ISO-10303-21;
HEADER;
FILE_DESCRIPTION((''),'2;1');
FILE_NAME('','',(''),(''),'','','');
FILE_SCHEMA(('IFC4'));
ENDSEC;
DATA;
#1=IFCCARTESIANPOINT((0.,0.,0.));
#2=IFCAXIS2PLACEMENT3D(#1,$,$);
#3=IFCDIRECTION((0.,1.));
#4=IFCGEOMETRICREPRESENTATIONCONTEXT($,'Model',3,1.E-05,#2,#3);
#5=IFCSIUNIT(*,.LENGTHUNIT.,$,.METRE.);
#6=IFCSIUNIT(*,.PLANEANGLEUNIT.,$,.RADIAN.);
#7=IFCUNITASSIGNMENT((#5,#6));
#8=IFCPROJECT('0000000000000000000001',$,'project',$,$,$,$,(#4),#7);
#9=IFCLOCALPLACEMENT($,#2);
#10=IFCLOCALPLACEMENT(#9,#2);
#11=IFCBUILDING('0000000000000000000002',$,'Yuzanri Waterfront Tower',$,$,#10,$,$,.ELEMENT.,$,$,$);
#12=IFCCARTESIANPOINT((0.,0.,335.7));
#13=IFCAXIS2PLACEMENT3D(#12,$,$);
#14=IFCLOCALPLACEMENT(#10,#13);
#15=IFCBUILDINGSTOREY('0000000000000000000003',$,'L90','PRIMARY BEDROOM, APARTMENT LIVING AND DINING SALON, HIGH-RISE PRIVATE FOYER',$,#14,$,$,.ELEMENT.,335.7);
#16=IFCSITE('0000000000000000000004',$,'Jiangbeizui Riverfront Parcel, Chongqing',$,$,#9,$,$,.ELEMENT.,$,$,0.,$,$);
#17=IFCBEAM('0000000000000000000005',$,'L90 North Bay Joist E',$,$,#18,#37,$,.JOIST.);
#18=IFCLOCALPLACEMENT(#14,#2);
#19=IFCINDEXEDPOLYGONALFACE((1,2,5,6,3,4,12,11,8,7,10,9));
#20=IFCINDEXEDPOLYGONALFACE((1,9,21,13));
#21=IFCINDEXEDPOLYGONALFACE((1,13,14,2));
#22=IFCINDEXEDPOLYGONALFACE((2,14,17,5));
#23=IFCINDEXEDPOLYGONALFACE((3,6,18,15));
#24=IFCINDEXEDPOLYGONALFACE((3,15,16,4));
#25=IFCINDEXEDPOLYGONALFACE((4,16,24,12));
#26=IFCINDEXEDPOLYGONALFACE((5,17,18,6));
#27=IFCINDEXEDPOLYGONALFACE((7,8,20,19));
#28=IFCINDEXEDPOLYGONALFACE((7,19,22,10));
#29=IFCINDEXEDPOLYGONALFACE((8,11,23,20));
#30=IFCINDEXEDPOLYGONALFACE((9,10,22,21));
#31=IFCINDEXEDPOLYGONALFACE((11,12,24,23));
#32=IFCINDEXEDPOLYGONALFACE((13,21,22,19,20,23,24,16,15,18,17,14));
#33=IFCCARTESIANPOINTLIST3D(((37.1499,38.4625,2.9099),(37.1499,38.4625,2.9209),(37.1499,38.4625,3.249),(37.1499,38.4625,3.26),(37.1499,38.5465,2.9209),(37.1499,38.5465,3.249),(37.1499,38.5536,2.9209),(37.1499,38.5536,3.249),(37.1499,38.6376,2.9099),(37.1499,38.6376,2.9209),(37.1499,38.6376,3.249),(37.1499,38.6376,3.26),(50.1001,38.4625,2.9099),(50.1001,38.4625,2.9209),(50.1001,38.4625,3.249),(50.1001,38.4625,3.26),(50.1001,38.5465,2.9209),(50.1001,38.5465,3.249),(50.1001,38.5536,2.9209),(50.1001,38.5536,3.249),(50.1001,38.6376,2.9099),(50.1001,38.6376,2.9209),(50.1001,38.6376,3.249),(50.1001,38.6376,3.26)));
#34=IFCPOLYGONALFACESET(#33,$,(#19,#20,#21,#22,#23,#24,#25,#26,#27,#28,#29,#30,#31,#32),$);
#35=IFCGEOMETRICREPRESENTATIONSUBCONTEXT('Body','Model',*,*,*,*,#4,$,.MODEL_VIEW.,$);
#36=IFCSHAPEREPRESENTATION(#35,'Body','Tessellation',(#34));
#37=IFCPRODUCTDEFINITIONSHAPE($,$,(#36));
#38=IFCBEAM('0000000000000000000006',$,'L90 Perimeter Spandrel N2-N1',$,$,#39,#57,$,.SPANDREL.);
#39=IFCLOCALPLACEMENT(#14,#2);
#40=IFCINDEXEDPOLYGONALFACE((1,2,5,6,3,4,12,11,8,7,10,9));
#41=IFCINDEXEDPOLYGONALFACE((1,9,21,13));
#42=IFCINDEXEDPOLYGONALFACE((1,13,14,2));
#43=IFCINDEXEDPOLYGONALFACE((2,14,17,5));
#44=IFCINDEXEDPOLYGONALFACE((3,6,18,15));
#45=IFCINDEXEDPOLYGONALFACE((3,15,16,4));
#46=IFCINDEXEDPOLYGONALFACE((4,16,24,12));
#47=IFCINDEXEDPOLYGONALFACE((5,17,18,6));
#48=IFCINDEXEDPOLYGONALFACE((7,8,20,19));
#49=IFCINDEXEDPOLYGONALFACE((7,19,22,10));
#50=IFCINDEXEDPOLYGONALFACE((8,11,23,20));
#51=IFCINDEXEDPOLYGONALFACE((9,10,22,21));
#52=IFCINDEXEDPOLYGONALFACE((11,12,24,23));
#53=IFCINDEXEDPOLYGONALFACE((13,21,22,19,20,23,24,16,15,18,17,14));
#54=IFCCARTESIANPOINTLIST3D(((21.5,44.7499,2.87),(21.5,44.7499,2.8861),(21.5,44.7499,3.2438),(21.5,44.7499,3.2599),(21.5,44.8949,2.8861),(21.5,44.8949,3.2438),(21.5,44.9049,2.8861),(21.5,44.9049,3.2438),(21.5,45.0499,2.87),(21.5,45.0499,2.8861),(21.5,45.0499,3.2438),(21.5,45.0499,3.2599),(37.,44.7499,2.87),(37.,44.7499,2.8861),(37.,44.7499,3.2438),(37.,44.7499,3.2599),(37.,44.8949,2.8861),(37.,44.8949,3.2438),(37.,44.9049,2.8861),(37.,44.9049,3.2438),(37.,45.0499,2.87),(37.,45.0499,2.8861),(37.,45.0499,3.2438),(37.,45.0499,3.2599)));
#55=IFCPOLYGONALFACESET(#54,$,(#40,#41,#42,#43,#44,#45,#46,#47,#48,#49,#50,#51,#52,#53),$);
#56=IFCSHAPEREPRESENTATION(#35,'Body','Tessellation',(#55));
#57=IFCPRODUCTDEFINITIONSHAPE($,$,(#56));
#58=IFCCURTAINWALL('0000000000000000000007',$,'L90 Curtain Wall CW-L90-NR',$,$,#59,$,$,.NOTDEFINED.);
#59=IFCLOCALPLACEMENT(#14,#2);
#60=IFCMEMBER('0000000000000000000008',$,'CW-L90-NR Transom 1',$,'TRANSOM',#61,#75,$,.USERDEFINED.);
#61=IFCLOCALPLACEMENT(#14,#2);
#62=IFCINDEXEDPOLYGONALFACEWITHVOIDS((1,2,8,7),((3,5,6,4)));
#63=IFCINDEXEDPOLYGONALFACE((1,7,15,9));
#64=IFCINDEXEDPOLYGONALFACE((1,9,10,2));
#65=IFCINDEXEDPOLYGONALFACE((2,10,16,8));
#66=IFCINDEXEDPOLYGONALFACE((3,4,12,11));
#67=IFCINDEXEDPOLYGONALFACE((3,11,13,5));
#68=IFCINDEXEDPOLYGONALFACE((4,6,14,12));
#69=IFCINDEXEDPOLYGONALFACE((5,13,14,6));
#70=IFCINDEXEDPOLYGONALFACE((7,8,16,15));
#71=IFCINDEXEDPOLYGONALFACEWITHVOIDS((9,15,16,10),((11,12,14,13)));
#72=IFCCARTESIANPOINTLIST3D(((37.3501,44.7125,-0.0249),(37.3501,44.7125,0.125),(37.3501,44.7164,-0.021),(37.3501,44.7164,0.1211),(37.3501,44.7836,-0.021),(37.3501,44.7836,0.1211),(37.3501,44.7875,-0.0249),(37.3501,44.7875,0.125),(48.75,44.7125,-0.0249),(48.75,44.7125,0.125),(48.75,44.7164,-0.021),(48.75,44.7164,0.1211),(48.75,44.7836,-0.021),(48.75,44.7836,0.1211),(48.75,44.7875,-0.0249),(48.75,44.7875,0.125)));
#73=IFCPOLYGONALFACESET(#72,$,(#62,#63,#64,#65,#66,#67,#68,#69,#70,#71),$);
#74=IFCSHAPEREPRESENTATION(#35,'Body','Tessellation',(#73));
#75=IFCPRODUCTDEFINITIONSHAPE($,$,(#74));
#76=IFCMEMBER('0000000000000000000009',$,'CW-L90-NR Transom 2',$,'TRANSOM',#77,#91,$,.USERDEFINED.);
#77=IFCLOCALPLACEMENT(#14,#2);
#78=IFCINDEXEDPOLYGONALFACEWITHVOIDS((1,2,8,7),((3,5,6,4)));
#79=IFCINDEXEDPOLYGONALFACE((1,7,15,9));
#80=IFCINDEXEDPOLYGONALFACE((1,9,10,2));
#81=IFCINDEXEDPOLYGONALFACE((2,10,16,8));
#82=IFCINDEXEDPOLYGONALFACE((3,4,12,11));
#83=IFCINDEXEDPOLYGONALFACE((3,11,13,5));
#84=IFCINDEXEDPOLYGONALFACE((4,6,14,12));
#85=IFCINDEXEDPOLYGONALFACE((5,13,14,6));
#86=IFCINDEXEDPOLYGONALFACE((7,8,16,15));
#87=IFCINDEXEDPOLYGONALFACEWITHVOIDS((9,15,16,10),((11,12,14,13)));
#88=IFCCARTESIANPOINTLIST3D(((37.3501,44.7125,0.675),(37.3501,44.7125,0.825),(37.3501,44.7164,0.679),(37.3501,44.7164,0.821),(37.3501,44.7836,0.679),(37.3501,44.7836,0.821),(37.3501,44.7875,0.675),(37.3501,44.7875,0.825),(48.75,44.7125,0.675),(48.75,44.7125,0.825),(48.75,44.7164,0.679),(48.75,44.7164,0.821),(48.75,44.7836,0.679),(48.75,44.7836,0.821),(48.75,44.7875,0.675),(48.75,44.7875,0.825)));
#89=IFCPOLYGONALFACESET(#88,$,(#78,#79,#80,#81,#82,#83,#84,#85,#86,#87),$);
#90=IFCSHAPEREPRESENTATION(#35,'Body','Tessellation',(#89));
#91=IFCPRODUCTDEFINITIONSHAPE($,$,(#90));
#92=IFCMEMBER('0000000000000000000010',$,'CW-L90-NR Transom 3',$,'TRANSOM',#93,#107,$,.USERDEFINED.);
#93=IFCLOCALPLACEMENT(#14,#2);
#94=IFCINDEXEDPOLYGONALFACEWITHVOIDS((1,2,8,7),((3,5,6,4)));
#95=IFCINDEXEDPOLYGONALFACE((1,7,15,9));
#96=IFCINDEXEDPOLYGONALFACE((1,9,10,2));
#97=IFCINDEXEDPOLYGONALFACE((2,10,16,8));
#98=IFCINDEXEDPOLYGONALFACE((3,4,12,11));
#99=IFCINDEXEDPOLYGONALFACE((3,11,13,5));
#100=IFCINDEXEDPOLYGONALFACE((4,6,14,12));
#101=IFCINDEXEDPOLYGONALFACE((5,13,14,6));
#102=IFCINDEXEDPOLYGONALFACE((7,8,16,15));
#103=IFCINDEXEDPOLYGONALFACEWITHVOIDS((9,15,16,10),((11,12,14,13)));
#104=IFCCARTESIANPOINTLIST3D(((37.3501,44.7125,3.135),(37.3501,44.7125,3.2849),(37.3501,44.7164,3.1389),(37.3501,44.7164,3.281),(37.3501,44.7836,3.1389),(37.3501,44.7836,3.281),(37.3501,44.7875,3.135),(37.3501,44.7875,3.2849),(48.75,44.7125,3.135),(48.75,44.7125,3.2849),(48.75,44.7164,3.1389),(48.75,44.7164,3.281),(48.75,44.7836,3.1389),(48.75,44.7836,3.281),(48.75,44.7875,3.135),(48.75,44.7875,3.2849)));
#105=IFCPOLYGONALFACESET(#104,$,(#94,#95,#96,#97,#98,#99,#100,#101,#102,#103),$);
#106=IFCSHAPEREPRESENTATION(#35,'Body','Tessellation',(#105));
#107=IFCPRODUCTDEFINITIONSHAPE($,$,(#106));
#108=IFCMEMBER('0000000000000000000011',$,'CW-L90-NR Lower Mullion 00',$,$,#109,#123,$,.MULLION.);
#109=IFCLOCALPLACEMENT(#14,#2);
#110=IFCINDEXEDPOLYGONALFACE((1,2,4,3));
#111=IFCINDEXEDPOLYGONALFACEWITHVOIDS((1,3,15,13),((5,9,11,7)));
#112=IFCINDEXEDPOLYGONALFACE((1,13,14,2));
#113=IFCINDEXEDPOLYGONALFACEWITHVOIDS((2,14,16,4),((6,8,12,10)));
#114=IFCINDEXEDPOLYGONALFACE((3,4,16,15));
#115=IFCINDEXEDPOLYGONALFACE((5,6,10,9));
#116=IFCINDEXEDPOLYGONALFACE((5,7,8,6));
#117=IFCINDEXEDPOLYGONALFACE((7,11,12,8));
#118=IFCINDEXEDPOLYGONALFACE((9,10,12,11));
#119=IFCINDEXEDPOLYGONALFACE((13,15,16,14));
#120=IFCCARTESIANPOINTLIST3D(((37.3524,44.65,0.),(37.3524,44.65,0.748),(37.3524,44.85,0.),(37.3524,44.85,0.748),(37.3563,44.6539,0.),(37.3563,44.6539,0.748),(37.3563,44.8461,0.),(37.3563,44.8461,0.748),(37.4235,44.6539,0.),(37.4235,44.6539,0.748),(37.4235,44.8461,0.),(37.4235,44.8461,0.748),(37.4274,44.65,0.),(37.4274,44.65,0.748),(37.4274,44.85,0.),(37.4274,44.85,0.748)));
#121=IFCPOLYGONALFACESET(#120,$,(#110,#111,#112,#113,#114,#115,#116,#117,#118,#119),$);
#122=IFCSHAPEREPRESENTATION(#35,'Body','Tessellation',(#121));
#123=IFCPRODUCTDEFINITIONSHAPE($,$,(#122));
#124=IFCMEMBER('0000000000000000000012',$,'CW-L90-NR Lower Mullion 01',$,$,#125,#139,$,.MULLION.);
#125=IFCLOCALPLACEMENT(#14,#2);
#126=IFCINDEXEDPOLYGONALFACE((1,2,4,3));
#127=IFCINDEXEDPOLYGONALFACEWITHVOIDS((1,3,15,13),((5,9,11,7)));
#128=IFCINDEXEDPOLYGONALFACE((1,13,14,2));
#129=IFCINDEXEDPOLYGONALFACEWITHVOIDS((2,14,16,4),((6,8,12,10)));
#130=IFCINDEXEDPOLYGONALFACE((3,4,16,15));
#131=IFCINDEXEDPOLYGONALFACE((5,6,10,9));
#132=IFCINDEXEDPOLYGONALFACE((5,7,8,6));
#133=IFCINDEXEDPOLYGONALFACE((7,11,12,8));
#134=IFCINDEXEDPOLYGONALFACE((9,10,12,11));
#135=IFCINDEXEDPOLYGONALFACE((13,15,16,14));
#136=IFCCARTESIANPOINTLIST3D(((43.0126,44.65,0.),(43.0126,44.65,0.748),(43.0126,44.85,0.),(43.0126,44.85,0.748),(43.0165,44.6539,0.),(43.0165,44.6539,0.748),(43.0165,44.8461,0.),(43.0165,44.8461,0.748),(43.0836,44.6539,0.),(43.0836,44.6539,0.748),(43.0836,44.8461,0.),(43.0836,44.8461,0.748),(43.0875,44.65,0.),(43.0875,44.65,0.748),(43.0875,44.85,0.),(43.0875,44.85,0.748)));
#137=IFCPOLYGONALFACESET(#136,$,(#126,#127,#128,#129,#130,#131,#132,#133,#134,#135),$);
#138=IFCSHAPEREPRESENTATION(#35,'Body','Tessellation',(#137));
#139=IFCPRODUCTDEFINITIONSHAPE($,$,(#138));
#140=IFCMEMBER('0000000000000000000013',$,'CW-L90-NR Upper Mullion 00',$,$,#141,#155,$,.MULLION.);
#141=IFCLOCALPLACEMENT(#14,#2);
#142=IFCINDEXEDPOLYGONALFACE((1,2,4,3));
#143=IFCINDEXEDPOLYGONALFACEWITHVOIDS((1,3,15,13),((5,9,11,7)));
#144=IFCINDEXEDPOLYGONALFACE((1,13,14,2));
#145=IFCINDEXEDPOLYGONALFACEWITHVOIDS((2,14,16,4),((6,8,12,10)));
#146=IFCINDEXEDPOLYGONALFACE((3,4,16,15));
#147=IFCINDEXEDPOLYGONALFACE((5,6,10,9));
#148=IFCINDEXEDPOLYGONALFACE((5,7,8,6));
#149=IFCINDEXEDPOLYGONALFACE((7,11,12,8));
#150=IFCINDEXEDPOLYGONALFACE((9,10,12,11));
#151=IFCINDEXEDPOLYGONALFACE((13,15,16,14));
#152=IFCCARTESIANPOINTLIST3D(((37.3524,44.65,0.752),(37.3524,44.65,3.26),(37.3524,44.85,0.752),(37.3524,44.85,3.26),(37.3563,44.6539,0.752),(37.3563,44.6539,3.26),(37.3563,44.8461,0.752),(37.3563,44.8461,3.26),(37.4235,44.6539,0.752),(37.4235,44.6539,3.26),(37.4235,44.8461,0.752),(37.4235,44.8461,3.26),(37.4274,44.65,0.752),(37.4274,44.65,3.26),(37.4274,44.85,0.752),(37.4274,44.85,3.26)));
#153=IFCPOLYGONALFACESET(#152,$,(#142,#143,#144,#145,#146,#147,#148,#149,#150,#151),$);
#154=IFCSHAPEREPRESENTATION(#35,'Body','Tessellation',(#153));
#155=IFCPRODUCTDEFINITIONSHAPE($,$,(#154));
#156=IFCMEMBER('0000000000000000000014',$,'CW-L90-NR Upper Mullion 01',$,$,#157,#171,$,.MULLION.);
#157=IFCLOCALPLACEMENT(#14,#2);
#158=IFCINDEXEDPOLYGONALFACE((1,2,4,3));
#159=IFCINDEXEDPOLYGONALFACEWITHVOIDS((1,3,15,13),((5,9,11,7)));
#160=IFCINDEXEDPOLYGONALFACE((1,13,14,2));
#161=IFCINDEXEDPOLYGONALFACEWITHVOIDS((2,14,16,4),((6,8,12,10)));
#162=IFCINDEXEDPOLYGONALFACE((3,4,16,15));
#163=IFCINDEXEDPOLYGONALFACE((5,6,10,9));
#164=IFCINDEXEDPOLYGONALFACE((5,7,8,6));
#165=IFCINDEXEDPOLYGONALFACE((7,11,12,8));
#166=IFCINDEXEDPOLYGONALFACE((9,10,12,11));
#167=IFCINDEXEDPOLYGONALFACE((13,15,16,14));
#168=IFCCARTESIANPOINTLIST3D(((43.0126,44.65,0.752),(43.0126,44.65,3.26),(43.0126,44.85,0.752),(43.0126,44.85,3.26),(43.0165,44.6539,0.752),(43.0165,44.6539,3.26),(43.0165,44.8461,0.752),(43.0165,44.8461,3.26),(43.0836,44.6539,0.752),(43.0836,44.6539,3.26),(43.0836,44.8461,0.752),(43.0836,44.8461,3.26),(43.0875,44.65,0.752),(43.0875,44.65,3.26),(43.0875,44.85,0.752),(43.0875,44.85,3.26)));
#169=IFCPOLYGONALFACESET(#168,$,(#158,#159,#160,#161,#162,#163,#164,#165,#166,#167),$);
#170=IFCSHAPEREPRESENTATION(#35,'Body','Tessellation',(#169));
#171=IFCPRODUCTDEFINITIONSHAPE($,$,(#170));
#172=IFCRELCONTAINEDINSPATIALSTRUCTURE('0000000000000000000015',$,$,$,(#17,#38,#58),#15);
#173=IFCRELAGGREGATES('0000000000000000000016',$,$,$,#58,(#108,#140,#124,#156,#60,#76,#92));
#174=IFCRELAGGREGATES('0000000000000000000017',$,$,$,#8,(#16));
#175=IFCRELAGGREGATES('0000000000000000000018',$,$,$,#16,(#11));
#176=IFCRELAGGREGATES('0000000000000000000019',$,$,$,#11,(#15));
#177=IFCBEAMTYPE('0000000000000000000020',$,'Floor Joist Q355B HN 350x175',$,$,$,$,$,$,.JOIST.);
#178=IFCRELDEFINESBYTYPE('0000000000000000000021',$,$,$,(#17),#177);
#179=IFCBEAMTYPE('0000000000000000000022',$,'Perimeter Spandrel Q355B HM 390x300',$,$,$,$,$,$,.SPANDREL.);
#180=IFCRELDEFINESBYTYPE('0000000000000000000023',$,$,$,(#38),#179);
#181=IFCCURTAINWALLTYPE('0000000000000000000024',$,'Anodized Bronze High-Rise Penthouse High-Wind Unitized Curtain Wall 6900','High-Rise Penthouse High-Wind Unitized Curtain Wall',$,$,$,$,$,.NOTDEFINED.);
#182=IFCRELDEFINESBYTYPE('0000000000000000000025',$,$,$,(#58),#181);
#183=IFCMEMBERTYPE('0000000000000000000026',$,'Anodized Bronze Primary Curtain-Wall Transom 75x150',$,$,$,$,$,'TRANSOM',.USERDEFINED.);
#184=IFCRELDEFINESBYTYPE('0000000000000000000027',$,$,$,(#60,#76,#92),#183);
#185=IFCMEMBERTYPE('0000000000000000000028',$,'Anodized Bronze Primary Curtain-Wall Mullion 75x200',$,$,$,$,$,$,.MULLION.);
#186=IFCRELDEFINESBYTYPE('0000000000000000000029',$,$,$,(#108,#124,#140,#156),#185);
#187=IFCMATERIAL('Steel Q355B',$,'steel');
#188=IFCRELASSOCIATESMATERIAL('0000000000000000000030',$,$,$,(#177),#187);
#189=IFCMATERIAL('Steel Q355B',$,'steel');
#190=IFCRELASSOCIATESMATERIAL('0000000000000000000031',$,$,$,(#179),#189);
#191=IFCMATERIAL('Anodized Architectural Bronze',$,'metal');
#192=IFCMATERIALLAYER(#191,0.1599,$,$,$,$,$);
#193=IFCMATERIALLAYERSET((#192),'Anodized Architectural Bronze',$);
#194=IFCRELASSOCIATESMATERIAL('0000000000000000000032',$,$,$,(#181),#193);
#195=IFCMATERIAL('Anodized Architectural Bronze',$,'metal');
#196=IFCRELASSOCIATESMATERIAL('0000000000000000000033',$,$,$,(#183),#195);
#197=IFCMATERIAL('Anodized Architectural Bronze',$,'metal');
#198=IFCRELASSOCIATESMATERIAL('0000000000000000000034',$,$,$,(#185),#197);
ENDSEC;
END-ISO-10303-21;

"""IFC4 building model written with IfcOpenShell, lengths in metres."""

from ifc_helpers import new_model, si_unit, direction, frame, origin, origin_2d, place, context, subcontext, project, spatial, hollow_rectangle, i_section, extrude, source, transform, mapped, material, layer, layer_set, material_profile, profile_set, type_object, element, aggregate, save


model = new_model("IFC4")

# Units and contexts
model_context = context("Model", 3, precision=1e-05, world=origin(), true_north=direction((0.0, 1.0)))
body_context = subcontext(model_context, "Body", "Model", "MODEL_VIEW")
ifc_project = project(units=[si_unit("LENGTHUNIT", "METRE"), si_unit("PLANEANGLEUNIT", "RADIAN")], contexts=[model_context])

# Site, building, storey
site_placement = place(None, origin())
site = spatial("IfcSite", under=ifc_project, at=site_placement, Name="Jiangbeizui Riverfront Parcel, Chongqing", CompositionType="ELEMENT", RefElevation=0.0)
building_placement = place(site_placement, origin())
building = spatial("IfcBuilding", under=site, at=building_placement, Name="Yuzanri Waterfront Tower", CompositionType="ELEMENT")
storey_placement = place(building_placement, frame((0.0, 0.0, 335.7)))
storey = spatial("IfcBuildingStorey", under=building, at=storey_placement, Name="L90", Description="PRIMARY BEDROOM, APARTMENT LIVING AND DINING SALON, HIGH-RISE PRIVATE FOYER", CompositionType="ELEMENT", Elevation=335.7)

# Beams
ifc_material_1 = material(Name="Steel Q355B", Category="steel")
ifc_material_profile_1 = material_profile(ifc_material_1, i_section(OverallWidth=0.175, OverallDepth=0.3501, WebThickness=0.0071, FlangeThickness=0.011, at=origin_2d()), Name="HN 350x175x7x11")
ifc_profile_set_1 = profile_set([ifc_material_profile_1], Name="Steel Q355B")
beam_type_1 = type_object("IfcBeamType", Name="Floor Joist Q355B HN 350x175", PredefinedType="JOIST", material=ifc_profile_set_1)
shared_shape_1 = source(origin(), body_context, "Body", "SweptSolid", [
    extrude(i_section(OverallWidth=0.175, OverallDepth=0.3501, WebThickness=0.0071, FlangeThickness=0.011, at=origin_2d()), origin(), (0.0, 0.0, 1.0), 12.9502),
])
beam_1_placement = place(storey_placement, frame((37.1499, 38.55, 3.085), z_axis=(1.0, 0.0, 0.0), x_axis=(0.0, 1.0, 0.0)))
element("IfcBeam", 1, at=beam_1_placement, inside=storey, type_object=beam_type_1, Name="L90 North Bay Joist E", PredefinedType="JOIST", context=body_context, shape_type="MappedRepresentation", body=[
    mapped(shared_shape_1, transform((0.0, 0.0, 0.0), scale=1.0)),
])
ifc_material_2 = material(Name="Steel Q355B", Category="steel")
ifc_material_profile_2 = material_profile(ifc_material_2, i_section(OverallWidth=0.3, OverallDepth=0.3899, WebThickness=0.01, FlangeThickness=0.0161, at=origin_2d()), Name="HM 390x300x10x16")
ifc_profile_set_2 = profile_set([ifc_material_profile_2], Name="Steel Q355B")
beam_type_2 = type_object("IfcBeamType", Name="Perimeter Spandrel Q355B HM 390x300", PredefinedType="SPANDREL", material=ifc_profile_set_2)
shared_shape_2 = source(origin(), body_context, "Body", "SweptSolid", [
    extrude(i_section(OverallWidth=0.3, OverallDepth=0.3899, WebThickness=0.01, FlangeThickness=0.0161, at=origin_2d()), origin(), (0.0, 0.0, 1.0), 15.5),
])
beam_2_placement = place(storey_placement, frame((37.0, 44.8999, 3.0649), z_axis=(-1.0, 0.0, 0.0), x_axis=(0.0, -1.0, 0.0)))
element("IfcBeam", 2, at=beam_2_placement, inside=storey, type_object=beam_type_2, Name="L90 Perimeter Spandrel N2-N1", PredefinedType="SPANDREL", context=body_context, shape_type="MappedRepresentation", body=[
    mapped(shared_shape_2, transform((0.0, 0.0, 0.0), scale=1.0)),
])

# Curtain wall, members
ifc_material_3 = material(Name="Anodized Architectural Bronze", Category="metal")
ifc_layer_1 = layer(ifc_material_3, 0.1599)
ifc_layer_set_1 = layer_set([ifc_layer_1], Name="Anodized Architectural Bronze")
curtain_wall_type = type_object("IfcCurtainWallType", Name="Anodized Bronze High-Rise Penthouse High-Wind Unitized Curtain Wall 6900", Description="High-Rise Penthouse High-Wind Unitized Curtain Wall", PredefinedType="NOTDEFINED", material=ifc_layer_set_1)
curtain_wall_placement = place(storey_placement, origin())
curtain_wall = element("IfcCurtainWall", 3, at=curtain_wall_placement, inside=storey, type_object=curtain_wall_type, Name="L90 Curtain Wall CW-L90-NR", PredefinedType="NOTDEFINED")
ifc_material_4 = material(Name="Anodized Architectural Bronze", Category="metal")
ifc_material_profile_3 = material_profile(ifc_material_4, hollow_rectangle(XDim=0.075, YDim=0.1499, WallThickness=0.0039, at=origin_2d()), Name="CWT 75x150")
ifc_profile_set_3 = profile_set([ifc_material_profile_3], Name="Anodized Architectural Bronze")
member_type_1 = type_object("IfcMemberType", Name="Anodized Bronze Primary Curtain-Wall Transom 75x150", ElementType="TRANSOM", PredefinedType="USERDEFINED", material=ifc_profile_set_3)
shared_shape_3 = source(origin(), body_context, "Body", "SweptSolid", [
    extrude(hollow_rectangle(XDim=0.075, YDim=0.1499, WallThickness=0.0039, at=origin_2d()), origin(), (0.0, 0.0, 1.0), 11.3999),
])
member_1_placement = place(storey_placement, frame((37.3501, 44.75, 0.05), z_axis=(1.0, 0.0, 0.0), x_axis=(0.0, 1.0, 0.0)))
member_1 = element("IfcMember", 4, at=member_1_placement, type_object=member_type_1, Name="CW-L90-NR Transom 1", ObjectType="TRANSOM", PredefinedType="USERDEFINED", context=body_context, shape_type="MappedRepresentation", body=[
    mapped(shared_shape_3, transform((0.0, 0.0, 0.0), scale=1.0)),
])
member_2_placement = place(storey_placement, frame((37.3501, 44.75, 0.75), z_axis=(1.0, 0.0, 0.0), x_axis=(0.0, 1.0, 0.0)))
member_2 = element("IfcMember", 5, at=member_2_placement, type_object=member_type_1, Name="CW-L90-NR Transom 2", ObjectType="TRANSOM", PredefinedType="USERDEFINED", context=body_context, shape_type="MappedRepresentation", body=[
    mapped(shared_shape_3, transform((0.0, 0.0, 0.0), scale=1.0)),
])
member_3_placement = place(storey_placement, frame((37.3501, 44.75, 3.21), z_axis=(1.0, 0.0, 0.0), x_axis=(0.0, 1.0, 0.0)))
member_3 = element("IfcMember", 6, at=member_3_placement, type_object=member_type_1, Name="CW-L90-NR Transom 3", ObjectType="TRANSOM", PredefinedType="USERDEFINED", context=body_context, shape_type="MappedRepresentation", body=[
    mapped(shared_shape_3, transform((0.0, 0.0, 0.0), scale=1.0)),
])
ifc_material_5 = material(Name="Anodized Architectural Bronze", Category="metal")
ifc_material_profile_4 = material_profile(ifc_material_5, hollow_rectangle(XDim=0.075, YDim=0.2, WallThickness=0.0039, at=origin_2d()), Name="CWM 75x200")
ifc_profile_set_4 = profile_set([ifc_material_profile_4], Name="Anodized Architectural Bronze")
member_type_2 = type_object("IfcMemberType", Name="Anodized Bronze Primary Curtain-Wall Mullion 75x200", PredefinedType="MULLION", material=ifc_profile_set_4)
shared_shape_4 = source(origin(), body_context, "Body", "SweptSolid", [
    extrude(hollow_rectangle(XDim=0.075, YDim=0.2, WallThickness=0.0039, at=origin_2d()), origin(), (0.0, 0.0, 1.0), 0.748),
])
member_4_placement = place(storey_placement, frame((37.3899, 44.75, 0.0), z_axis=(0.0, 0.0, 1.0), x_axis=(1.0, 0.0, 0.0)))
member_4 = element("IfcMember", 7, at=member_4_placement, type_object=member_type_2, Name="CW-L90-NR Lower Mullion 00", PredefinedType="MULLION", context=body_context, shape_type="MappedRepresentation", body=[
    mapped(shared_shape_4, transform((0.0, 0.0, 0.0), scale=1.0)),
])
member_5_placement = place(storey_placement, frame((43.05, 44.75, 0.0), z_axis=(0.0, 0.0, 1.0), x_axis=(1.0, 0.0, 0.0)))
member_5 = element("IfcMember", 8, at=member_5_placement, type_object=member_type_2, Name="CW-L90-NR Lower Mullion 01", PredefinedType="MULLION", context=body_context, shape_type="MappedRepresentation", body=[
    mapped(shared_shape_4, transform((0.0, 0.0, 0.0), scale=1.0)),
])
shared_shape_5 = source(origin(), body_context, "Body", "SweptSolid", [
    extrude(hollow_rectangle(XDim=0.075, YDim=0.2, WallThickness=0.0039, at=origin_2d()), origin(), (0.0, 0.0, 1.0), 2.5081),
])
member_6_placement = place(storey_placement, frame((37.3899, 44.75, 0.752), z_axis=(0.0, 0.0, 1.0), x_axis=(1.0, 0.0, 0.0)))
member_6 = element("IfcMember", 9, at=member_6_placement, type_object=member_type_2, Name="CW-L90-NR Upper Mullion 00", PredefinedType="MULLION", context=body_context, shape_type="MappedRepresentation", body=[
    mapped(shared_shape_5, transform((0.0, 0.0, 0.0), scale=1.0)),
])
member_7_placement = place(storey_placement, frame((43.05, 44.75, 0.752), z_axis=(0.0, 0.0, 1.0), x_axis=(1.0, 0.0, 0.0)))
member_7 = element("IfcMember", 10, at=member_7_placement, type_object=member_type_2, Name="CW-L90-NR Upper Mullion 01", PredefinedType="MULLION", context=body_context, shape_type="MappedRepresentation", body=[
    mapped(shared_shape_5, transform((0.0, 0.0, 0.0), scale=1.0)),
])
aggregate(curtain_wall, [member_4, member_6, member_5, member_7, member_1, member_2, member_3])

save(model, "model.ifc")
